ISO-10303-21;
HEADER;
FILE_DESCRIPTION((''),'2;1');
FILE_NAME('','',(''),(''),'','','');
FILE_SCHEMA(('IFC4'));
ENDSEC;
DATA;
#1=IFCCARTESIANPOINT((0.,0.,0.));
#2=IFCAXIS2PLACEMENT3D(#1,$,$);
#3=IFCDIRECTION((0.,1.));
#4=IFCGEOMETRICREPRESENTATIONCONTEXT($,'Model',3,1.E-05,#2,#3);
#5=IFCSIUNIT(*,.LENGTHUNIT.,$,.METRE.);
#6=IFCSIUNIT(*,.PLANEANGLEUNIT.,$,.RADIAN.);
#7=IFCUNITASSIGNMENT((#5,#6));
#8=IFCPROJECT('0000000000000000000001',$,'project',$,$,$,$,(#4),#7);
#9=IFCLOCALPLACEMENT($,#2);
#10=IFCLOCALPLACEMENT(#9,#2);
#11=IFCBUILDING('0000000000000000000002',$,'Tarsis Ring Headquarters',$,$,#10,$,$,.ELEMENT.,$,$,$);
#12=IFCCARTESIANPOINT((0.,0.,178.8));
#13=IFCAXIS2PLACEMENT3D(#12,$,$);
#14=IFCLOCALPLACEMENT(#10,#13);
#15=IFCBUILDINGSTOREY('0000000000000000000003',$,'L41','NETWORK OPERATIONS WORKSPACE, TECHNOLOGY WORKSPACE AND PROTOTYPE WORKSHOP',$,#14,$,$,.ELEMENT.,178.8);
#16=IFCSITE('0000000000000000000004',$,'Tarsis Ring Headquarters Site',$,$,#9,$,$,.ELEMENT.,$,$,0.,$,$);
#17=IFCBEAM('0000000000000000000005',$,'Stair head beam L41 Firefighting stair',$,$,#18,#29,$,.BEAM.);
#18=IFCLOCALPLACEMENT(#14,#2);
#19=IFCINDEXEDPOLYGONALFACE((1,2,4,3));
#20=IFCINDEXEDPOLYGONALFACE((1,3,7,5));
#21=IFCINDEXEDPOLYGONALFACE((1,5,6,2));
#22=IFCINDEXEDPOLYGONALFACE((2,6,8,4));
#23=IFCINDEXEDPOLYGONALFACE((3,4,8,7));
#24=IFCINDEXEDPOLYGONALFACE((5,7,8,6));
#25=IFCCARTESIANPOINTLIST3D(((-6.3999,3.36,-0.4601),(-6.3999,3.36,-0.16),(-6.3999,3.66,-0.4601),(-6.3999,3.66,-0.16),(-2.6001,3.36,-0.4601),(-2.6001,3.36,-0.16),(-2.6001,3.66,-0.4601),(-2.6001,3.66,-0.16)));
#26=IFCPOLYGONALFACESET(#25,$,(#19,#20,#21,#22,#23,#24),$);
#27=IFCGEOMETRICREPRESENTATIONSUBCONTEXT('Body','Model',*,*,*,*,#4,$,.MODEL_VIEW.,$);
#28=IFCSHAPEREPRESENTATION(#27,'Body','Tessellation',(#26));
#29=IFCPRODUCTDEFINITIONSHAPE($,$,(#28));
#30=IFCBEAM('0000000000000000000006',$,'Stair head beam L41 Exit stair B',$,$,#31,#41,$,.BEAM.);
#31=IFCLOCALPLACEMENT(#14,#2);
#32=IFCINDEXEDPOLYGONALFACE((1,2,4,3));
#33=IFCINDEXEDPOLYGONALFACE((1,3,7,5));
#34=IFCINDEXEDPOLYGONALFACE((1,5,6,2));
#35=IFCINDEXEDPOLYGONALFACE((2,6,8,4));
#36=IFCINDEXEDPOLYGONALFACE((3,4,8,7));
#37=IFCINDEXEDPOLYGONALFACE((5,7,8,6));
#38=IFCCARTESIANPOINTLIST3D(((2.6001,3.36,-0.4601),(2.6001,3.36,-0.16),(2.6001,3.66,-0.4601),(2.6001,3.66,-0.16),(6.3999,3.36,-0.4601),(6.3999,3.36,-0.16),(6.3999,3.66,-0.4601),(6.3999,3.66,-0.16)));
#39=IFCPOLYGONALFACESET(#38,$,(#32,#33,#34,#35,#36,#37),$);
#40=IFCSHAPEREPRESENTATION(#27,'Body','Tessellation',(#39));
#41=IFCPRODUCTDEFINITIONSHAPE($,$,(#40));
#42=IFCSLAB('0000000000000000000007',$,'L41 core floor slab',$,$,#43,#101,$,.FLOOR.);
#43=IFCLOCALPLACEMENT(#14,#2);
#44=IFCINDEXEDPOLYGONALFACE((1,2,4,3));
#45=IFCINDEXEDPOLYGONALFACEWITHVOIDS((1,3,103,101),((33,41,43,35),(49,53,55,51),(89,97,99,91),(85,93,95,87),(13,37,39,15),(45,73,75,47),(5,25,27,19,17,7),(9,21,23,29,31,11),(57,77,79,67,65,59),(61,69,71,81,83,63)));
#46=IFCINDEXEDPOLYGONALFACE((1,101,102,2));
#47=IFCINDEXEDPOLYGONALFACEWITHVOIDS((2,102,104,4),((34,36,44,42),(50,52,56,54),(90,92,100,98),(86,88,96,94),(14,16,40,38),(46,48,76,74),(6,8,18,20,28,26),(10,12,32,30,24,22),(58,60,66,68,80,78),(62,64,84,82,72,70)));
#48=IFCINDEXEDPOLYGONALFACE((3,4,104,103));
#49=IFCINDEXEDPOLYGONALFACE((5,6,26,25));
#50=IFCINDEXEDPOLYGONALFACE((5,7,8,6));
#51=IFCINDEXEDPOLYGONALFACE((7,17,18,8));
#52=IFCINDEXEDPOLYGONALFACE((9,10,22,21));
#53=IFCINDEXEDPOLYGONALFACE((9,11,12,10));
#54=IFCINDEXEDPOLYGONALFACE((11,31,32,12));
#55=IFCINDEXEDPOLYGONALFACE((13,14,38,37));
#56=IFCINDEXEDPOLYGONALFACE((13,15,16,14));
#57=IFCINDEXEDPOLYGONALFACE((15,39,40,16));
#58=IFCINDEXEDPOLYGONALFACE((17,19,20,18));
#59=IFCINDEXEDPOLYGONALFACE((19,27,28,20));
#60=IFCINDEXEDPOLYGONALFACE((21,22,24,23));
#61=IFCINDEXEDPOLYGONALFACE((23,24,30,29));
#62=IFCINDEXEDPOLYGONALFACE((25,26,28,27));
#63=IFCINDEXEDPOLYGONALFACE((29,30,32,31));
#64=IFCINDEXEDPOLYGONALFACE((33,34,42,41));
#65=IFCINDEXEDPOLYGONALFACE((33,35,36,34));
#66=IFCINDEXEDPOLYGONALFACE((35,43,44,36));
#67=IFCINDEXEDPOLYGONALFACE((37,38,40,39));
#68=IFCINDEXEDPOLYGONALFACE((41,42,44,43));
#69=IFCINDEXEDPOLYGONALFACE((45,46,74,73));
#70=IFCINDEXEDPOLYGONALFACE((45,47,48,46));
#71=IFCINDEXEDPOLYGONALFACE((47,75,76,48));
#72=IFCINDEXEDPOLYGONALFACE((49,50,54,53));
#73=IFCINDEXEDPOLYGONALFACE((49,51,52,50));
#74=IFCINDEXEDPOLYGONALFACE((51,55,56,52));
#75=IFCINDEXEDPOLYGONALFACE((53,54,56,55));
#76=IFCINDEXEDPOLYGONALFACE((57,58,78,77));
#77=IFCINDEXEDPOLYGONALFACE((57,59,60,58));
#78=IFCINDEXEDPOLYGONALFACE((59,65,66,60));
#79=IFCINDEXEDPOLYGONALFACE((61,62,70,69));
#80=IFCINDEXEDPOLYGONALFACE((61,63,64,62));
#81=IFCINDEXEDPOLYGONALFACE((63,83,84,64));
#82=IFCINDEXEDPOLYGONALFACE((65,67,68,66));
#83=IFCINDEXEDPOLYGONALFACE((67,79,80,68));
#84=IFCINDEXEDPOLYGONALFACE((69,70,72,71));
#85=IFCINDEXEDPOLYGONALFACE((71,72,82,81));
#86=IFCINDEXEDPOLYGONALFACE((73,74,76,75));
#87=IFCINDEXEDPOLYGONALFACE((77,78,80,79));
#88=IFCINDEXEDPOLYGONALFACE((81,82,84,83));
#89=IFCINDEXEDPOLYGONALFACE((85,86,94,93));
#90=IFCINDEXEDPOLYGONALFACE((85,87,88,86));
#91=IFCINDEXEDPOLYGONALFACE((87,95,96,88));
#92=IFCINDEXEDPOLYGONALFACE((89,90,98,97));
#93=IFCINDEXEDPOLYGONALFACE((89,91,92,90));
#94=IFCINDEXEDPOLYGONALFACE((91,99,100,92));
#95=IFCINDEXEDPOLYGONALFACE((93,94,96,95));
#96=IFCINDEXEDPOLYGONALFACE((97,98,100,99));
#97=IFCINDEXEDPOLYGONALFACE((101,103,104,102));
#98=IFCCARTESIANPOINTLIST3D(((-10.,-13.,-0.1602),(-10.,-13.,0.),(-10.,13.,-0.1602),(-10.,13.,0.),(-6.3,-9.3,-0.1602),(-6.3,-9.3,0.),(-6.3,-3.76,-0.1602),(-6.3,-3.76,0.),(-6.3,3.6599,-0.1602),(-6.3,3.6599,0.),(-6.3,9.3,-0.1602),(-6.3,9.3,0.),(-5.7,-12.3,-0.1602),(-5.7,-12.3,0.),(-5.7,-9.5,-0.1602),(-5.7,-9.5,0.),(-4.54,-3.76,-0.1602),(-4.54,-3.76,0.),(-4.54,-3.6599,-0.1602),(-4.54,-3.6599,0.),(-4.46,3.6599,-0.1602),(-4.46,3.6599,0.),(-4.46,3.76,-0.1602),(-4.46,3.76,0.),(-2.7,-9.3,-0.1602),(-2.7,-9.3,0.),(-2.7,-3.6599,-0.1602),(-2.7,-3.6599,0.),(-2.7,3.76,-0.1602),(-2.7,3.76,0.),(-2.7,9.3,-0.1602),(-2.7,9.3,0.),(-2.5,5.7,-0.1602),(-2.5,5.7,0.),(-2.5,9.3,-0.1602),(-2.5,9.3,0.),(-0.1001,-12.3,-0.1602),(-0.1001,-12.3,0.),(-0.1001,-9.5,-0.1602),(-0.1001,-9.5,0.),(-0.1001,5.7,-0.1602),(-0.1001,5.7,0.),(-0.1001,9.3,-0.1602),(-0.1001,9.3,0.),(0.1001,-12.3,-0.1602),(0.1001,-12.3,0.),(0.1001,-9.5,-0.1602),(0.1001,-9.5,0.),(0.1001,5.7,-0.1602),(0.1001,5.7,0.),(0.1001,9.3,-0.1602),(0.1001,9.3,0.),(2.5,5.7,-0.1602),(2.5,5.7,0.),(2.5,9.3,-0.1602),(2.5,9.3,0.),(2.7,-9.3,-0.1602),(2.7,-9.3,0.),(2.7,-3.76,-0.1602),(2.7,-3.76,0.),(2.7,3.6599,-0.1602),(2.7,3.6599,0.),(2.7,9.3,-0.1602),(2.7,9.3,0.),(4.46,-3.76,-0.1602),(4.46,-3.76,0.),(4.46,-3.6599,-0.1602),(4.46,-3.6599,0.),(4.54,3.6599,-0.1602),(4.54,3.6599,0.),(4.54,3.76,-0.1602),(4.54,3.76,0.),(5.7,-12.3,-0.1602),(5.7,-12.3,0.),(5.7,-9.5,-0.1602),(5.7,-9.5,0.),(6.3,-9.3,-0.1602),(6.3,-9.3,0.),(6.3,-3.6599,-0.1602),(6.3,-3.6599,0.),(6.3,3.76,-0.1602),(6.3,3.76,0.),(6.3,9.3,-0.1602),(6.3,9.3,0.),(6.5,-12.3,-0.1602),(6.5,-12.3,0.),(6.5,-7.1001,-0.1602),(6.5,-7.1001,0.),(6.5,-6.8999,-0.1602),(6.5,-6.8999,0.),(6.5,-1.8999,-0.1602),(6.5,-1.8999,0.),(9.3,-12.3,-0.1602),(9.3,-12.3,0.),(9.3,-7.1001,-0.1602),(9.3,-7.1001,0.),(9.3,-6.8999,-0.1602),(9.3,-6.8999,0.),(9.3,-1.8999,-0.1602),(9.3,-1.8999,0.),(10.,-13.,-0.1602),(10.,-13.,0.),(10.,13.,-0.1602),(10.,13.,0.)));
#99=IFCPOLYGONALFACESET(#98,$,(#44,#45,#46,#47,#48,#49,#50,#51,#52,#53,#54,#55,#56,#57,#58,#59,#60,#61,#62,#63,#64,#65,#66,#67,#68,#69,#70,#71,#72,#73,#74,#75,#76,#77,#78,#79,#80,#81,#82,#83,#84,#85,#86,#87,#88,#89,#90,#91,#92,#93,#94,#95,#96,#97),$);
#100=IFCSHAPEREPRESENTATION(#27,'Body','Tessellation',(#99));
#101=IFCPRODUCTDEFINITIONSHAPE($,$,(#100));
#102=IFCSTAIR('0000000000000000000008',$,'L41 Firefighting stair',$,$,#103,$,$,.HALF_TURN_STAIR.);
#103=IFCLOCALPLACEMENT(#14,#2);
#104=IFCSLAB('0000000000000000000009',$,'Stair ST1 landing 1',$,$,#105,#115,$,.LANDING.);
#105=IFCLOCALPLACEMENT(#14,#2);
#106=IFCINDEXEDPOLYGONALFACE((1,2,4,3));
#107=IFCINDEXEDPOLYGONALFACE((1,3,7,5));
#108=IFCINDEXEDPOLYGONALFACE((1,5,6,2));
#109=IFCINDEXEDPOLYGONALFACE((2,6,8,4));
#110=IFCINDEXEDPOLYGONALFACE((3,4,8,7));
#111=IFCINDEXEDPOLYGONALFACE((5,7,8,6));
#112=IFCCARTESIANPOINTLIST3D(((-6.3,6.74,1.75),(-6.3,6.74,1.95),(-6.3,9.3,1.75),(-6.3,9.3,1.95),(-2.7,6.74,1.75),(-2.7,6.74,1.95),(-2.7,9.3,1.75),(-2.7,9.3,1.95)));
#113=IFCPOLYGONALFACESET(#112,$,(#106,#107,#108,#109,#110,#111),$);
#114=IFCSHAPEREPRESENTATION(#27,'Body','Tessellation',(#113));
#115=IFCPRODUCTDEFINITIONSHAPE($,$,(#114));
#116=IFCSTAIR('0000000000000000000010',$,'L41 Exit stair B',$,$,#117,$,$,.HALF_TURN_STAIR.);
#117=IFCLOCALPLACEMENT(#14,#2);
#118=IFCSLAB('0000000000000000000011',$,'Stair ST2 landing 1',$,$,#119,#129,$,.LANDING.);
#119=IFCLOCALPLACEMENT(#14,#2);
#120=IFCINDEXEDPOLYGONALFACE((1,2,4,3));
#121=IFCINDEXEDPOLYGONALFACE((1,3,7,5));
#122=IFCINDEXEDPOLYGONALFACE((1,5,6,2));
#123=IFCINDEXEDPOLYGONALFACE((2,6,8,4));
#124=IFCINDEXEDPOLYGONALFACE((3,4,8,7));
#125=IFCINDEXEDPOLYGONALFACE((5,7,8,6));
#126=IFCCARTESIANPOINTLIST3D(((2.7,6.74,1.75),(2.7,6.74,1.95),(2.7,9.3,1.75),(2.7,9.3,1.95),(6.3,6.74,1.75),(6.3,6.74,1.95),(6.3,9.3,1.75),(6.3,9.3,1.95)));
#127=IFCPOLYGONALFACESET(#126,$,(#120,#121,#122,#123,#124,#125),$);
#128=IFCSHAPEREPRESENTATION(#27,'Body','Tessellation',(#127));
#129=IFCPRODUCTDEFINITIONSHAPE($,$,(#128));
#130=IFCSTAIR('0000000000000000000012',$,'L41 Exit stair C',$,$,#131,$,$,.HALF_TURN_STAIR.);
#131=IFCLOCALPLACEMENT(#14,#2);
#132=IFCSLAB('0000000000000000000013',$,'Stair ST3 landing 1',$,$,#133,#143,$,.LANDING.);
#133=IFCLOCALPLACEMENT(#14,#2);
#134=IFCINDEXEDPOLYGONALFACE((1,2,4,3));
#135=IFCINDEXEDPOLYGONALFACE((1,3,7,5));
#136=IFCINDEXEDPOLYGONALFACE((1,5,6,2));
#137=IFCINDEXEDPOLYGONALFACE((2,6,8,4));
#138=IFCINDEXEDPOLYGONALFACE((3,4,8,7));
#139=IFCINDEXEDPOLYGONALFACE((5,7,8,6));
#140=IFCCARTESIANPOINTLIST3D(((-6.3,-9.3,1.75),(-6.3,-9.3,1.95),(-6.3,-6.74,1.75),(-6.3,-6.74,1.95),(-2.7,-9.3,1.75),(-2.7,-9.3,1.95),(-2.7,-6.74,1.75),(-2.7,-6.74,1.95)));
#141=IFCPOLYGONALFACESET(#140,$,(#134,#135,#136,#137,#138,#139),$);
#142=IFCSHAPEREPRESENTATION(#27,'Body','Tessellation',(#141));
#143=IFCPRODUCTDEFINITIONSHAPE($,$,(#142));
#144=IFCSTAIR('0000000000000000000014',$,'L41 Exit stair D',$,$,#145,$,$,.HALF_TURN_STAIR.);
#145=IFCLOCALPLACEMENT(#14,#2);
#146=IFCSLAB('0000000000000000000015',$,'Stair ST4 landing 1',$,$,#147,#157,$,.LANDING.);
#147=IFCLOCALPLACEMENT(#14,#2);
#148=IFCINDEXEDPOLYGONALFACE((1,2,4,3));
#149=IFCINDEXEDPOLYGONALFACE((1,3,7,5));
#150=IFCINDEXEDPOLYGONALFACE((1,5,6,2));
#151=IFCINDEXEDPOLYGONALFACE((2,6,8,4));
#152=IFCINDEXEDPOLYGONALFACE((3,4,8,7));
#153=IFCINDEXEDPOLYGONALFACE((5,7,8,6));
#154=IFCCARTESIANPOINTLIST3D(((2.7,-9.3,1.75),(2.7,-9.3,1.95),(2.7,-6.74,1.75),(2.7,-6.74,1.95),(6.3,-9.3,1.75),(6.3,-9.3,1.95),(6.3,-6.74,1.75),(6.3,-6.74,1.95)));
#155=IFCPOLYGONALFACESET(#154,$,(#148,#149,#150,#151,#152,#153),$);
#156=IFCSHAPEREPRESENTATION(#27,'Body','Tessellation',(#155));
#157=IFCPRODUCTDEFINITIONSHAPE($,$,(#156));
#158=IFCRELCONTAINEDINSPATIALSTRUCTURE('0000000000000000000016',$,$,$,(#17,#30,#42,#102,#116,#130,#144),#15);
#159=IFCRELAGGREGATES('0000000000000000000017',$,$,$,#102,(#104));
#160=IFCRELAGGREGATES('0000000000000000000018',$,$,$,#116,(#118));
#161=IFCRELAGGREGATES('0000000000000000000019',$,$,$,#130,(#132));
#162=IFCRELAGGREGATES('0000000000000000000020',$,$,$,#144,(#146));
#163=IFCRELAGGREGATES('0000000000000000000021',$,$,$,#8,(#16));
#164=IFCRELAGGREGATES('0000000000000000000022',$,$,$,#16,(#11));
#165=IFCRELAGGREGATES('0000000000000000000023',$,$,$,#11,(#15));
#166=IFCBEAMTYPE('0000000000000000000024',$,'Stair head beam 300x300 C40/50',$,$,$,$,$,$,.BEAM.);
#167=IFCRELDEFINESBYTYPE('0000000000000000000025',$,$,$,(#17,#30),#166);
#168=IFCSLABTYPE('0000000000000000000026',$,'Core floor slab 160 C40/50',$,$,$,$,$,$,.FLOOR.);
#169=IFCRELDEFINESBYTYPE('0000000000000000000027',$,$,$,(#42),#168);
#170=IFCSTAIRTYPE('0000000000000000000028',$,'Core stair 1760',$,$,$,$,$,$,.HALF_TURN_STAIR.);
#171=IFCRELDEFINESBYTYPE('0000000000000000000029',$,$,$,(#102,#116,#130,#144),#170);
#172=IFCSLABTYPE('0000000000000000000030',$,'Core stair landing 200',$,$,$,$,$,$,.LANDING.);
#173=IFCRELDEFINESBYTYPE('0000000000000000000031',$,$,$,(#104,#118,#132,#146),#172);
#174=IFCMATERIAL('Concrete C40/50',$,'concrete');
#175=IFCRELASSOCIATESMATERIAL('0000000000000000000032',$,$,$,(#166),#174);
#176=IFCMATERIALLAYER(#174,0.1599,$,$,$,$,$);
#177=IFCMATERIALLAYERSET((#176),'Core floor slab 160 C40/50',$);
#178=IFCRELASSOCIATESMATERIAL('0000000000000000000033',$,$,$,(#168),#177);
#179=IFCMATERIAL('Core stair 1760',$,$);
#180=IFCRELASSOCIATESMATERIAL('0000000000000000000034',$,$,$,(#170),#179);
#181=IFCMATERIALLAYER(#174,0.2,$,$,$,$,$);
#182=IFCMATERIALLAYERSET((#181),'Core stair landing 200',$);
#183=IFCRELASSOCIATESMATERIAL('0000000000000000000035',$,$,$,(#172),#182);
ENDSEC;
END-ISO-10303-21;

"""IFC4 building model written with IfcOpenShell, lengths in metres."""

from ifc_helpers import new_model, si_unit, direction, frame, origin, origin_2d, place, context, subcontext, project, spatial, polyline, rectangle, outline, extrude, material, layer, layer_set, material_profile, profile_set, type_object, element, aggregate, save


model = new_model("IFC4")

# Units and contexts
model_context = context("Model", 3, precision=1e-05, world=origin(), true_north=direction((0.0, 1.0)))
body_context = subcontext(model_context, "Body", "Model", "MODEL_VIEW")
ifc_project = project(units=[si_unit("LENGTHUNIT", "METRE"), si_unit("PLANEANGLEUNIT", "RADIAN")], contexts=[model_context])

# Site, building, storey
site_placement = place(None, origin())
site = spatial("IfcSite", under=ifc_project, at=site_placement, Name="Tarsis Ring Headquarters Site", CompositionType="ELEMENT", RefElevation=0.0)
building_placement = place(site_placement, origin())
building = spatial("IfcBuilding", under=site, at=building_placement, Name="Tarsis Ring Headquarters", CompositionType="ELEMENT")
storey_placement = place(building_placement, frame((0.0, 0.0, 178.8)))
storey = spatial("IfcBuildingStorey", under=building, at=storey_placement, Name="L41", Description="NETWORK OPERATIONS WORKSPACE, TECHNOLOGY WORKSPACE AND PROTOTYPE WORKSHOP", CompositionType="ELEMENT", Elevation=178.8)

# Beams
ifc_material_1 = material(Name="Concrete C40/50", Category="concrete")
ifc_material_profile = material_profile(ifc_material_1, rectangle(XDim=0.3, YDim=0.3, at=origin_2d()), Name="Stair head beam 300x300 C40/50")
ifc_profile_set = profile_set([ifc_material_profile], Name="Concrete C40/50")
beam_type = type_object("IfcBeamType", Name="Stair head beam 300x300 C40/50", PredefinedType="BEAM", material=ifc_profile_set)
for number, where, z_axis, x_axis, name in (
    (1, (-6.3999, 3.51, -0.3101), (1.0, 0.0, 0.0), (0.0, 1.0, 0.0), "Stair head beam L41 Firefighting stair"),
    (2, (2.6001, 3.51, -0.3101), (1.0, 0.0, 0.0), (0.0, 1.0, 0.0), "Stair head beam L41 Exit stair B"),
):
    element("IfcBeam", number, at=place(storey_placement, frame(where, z_axis=z_axis, x_axis=x_axis)), inside=storey, type_object=beam_type, Name=name, PredefinedType="BEAM", context=body_context, shape_type="SweptSolid", body=[
        extrude(rectangle(XDim=0.3, YDim=0.3, at=origin_2d()), origin(), (0.0, 0.0, 1.0), 3.7998),
    ])

# Slab
ifc_layer_1 = layer(ifc_material_1, 0.1599)
ifc_layer_set_1 = layer_set([ifc_layer_1], Name="Core floor slab 160 C40/50")
slab_type_1 = type_object("IfcSlabType", Name="Core floor slab 160 C40/50", PredefinedType="FLOOR", material=ifc_layer_set_1)
slab_1_placement = place(storey_placement, frame((0.0, 0.0, -0.1602)))
element("IfcSlab", 3, at=slab_1_placement, inside=storey, type_object=slab_type_1, Name="L41 core floor slab", PredefinedType="FLOOR", context=body_context, shape_type="SweptSolid", body=[
    extrude(outline(polyline([(-10.0, -13.0), (10.0, -13.0), (10.0, 13.0), (-10.0, 13.0), (-10.0, -13.0)]), holes=[polyline([(-2.5, 5.7), (-0.1001, 5.7), (-0.1001, 9.3), (-2.5, 9.3), (-2.5, 5.7)]), polyline([(0.1001, 5.7), (2.5, 5.7), (2.5, 9.3), (0.1001, 9.3), (0.1001, 5.7)]), polyline([(6.5, -12.3), (9.3, -12.3), (9.3, -7.1001), (6.5, -7.1001), (6.5, -12.3)]), polyline([(6.5, -6.8999), (9.3, -6.8999), (9.3, -1.8999), (6.5, -1.8999), (6.5, -6.8999)]), polyline([(-5.7, -12.3), (-0.1001, -12.3), (-0.1001, -9.5), (-5.7, -9.5), (-5.7, -12.3)]), polyline([(0.1001, -12.3), (5.7, -12.3), (5.7, -9.5), (0.1001, -9.5), (0.1001, -12.3)]), polyline([(-2.7, 3.76), (-2.7, 9.3), (-6.3, 9.3), (-6.3, 3.6599), (-4.46, 3.6599), (-4.46, 3.76), (-2.7, 3.76)]), polyline([(6.3, 3.76), (6.3, 9.3), (2.7, 9.3), (2.7, 3.6599), (4.54, 3.6599), (4.54, 3.76), (6.3, 3.76)]), polyline([(-6.3, -3.76), (-6.3, -9.3), (-2.7, -9.3), (-2.7, -3.6599), (-4.54, -3.6599), (-4.54, -3.76), (-6.3, -3.76)]), polyline([(2.7, -3.76), (2.7, -9.3), (6.3, -9.3), (6.3, -3.6599), (4.46, -3.6599), (4.46, -3.76), (2.7, -3.76)])]), origin(), (0.0, 0.0, 1.0), 0.1602),
])

# Stairs, slabs
ifc_material_2 = material(Name="Core stair 1760")
stair_type = type_object("IfcStairType", Name="Core stair 1760", PredefinedType="HALF_TURN_STAIR", material=ifc_material_2)
stair_1_placement = place(storey_placement, origin())
stair_1 = element("IfcStair", 4, at=stair_1_placement, inside=storey, type_object=stair_type, Name="L41 Firefighting stair", PredefinedType="HALF_TURN_STAIR")
ifc_layer_2 = layer(ifc_material_1, 0.2)
ifc_layer_set_2 = layer_set([ifc_layer_2], Name="Core stair landing 200")
slab_type_2 = type_object("IfcSlabType", Name="Core stair landing 200", PredefinedType="LANDING", material=ifc_layer_set_2)
slab_2_placement = place(storey_placement, frame((0.0, 0.0, 1.75)))
slab_2 = element("IfcSlab", 5, at=slab_2_placement, type_object=slab_type_2, Name="Stair ST1 landing 1", PredefinedType="LANDING", context=body_context, shape_type="SweptSolid", body=[
    extrude(outline(polyline([(-2.7, 6.74), (-2.7, 9.3), (-6.3, 9.3), (-6.3, 6.74), (-2.7, 6.74)])), origin(), (0.0, 0.0, 1.0), 0.2),
])
aggregate(stair_1, [slab_2])
stair_2_placement = place(storey_placement, origin())
stair_2 = element("IfcStair", 6, at=stair_2_placement, inside=storey, type_object=stair_type, Name="L41 Exit stair B", PredefinedType="HALF_TURN_STAIR")
slab_3_placement = place(storey_placement, frame((0.0, 0.0, 1.75)))
slab_3 = element("IfcSlab", 7, at=slab_3_placement, type_object=slab_type_2, Name="Stair ST2 landing 1", PredefinedType="LANDING", context=body_context, shape_type="SweptSolid", body=[
    extrude(outline(polyline([(6.3, 6.74), (6.3, 9.3), (2.7, 9.3), (2.7, 6.74), (6.3, 6.74)])), origin(), (0.0, 0.0, 1.0), 0.2),
])
aggregate(stair_2, [slab_3])
stair_3_placement = place(storey_placement, origin())
stair_3 = element("IfcStair", 8, at=stair_3_placement, inside=storey, type_object=stair_type, Name="L41 Exit stair C", PredefinedType="HALF_TURN_STAIR")
slab_4_placement = place(storey_placement, frame((0.0, 0.0, 1.75)))
slab_4 = element("IfcSlab", 9, at=slab_4_placement, type_object=slab_type_2, Name="Stair ST3 landing 1", PredefinedType="LANDING", context=body_context, shape_type="SweptSolid", body=[
    extrude(outline(polyline([(-6.3, -6.74), (-6.3, -9.3), (-2.7, -9.3), (-2.7, -6.74), (-6.3, -6.74)])), origin(), (0.0, 0.0, 1.0), 0.2),
])
aggregate(stair_3, [slab_4])
stair_4_placement = place(storey_placement, origin())
stair_4 = element("IfcStair", 10, at=stair_4_placement, inside=storey, type_object=stair_type, Name="L41 Exit stair D", PredefinedType="HALF_TURN_STAIR")
slab_5_placement = place(storey_placement, frame((0.0, 0.0, 1.75)))
slab_5 = element("IfcSlab", 11, at=slab_5_placement, type_object=slab_type_2, Name="Stair ST4 landing 1", PredefinedType="LANDING", context=body_context, shape_type="SweptSolid", body=[
    extrude(outline(polyline([(2.7, -6.74), (2.7, -9.3), (6.3, -9.3), (6.3, -6.74), (2.7, -6.74)])), origin(), (0.0, 0.0, 1.0), 0.2),
])
aggregate(stair_4, [slab_5])

save(model, "model.ifc")
